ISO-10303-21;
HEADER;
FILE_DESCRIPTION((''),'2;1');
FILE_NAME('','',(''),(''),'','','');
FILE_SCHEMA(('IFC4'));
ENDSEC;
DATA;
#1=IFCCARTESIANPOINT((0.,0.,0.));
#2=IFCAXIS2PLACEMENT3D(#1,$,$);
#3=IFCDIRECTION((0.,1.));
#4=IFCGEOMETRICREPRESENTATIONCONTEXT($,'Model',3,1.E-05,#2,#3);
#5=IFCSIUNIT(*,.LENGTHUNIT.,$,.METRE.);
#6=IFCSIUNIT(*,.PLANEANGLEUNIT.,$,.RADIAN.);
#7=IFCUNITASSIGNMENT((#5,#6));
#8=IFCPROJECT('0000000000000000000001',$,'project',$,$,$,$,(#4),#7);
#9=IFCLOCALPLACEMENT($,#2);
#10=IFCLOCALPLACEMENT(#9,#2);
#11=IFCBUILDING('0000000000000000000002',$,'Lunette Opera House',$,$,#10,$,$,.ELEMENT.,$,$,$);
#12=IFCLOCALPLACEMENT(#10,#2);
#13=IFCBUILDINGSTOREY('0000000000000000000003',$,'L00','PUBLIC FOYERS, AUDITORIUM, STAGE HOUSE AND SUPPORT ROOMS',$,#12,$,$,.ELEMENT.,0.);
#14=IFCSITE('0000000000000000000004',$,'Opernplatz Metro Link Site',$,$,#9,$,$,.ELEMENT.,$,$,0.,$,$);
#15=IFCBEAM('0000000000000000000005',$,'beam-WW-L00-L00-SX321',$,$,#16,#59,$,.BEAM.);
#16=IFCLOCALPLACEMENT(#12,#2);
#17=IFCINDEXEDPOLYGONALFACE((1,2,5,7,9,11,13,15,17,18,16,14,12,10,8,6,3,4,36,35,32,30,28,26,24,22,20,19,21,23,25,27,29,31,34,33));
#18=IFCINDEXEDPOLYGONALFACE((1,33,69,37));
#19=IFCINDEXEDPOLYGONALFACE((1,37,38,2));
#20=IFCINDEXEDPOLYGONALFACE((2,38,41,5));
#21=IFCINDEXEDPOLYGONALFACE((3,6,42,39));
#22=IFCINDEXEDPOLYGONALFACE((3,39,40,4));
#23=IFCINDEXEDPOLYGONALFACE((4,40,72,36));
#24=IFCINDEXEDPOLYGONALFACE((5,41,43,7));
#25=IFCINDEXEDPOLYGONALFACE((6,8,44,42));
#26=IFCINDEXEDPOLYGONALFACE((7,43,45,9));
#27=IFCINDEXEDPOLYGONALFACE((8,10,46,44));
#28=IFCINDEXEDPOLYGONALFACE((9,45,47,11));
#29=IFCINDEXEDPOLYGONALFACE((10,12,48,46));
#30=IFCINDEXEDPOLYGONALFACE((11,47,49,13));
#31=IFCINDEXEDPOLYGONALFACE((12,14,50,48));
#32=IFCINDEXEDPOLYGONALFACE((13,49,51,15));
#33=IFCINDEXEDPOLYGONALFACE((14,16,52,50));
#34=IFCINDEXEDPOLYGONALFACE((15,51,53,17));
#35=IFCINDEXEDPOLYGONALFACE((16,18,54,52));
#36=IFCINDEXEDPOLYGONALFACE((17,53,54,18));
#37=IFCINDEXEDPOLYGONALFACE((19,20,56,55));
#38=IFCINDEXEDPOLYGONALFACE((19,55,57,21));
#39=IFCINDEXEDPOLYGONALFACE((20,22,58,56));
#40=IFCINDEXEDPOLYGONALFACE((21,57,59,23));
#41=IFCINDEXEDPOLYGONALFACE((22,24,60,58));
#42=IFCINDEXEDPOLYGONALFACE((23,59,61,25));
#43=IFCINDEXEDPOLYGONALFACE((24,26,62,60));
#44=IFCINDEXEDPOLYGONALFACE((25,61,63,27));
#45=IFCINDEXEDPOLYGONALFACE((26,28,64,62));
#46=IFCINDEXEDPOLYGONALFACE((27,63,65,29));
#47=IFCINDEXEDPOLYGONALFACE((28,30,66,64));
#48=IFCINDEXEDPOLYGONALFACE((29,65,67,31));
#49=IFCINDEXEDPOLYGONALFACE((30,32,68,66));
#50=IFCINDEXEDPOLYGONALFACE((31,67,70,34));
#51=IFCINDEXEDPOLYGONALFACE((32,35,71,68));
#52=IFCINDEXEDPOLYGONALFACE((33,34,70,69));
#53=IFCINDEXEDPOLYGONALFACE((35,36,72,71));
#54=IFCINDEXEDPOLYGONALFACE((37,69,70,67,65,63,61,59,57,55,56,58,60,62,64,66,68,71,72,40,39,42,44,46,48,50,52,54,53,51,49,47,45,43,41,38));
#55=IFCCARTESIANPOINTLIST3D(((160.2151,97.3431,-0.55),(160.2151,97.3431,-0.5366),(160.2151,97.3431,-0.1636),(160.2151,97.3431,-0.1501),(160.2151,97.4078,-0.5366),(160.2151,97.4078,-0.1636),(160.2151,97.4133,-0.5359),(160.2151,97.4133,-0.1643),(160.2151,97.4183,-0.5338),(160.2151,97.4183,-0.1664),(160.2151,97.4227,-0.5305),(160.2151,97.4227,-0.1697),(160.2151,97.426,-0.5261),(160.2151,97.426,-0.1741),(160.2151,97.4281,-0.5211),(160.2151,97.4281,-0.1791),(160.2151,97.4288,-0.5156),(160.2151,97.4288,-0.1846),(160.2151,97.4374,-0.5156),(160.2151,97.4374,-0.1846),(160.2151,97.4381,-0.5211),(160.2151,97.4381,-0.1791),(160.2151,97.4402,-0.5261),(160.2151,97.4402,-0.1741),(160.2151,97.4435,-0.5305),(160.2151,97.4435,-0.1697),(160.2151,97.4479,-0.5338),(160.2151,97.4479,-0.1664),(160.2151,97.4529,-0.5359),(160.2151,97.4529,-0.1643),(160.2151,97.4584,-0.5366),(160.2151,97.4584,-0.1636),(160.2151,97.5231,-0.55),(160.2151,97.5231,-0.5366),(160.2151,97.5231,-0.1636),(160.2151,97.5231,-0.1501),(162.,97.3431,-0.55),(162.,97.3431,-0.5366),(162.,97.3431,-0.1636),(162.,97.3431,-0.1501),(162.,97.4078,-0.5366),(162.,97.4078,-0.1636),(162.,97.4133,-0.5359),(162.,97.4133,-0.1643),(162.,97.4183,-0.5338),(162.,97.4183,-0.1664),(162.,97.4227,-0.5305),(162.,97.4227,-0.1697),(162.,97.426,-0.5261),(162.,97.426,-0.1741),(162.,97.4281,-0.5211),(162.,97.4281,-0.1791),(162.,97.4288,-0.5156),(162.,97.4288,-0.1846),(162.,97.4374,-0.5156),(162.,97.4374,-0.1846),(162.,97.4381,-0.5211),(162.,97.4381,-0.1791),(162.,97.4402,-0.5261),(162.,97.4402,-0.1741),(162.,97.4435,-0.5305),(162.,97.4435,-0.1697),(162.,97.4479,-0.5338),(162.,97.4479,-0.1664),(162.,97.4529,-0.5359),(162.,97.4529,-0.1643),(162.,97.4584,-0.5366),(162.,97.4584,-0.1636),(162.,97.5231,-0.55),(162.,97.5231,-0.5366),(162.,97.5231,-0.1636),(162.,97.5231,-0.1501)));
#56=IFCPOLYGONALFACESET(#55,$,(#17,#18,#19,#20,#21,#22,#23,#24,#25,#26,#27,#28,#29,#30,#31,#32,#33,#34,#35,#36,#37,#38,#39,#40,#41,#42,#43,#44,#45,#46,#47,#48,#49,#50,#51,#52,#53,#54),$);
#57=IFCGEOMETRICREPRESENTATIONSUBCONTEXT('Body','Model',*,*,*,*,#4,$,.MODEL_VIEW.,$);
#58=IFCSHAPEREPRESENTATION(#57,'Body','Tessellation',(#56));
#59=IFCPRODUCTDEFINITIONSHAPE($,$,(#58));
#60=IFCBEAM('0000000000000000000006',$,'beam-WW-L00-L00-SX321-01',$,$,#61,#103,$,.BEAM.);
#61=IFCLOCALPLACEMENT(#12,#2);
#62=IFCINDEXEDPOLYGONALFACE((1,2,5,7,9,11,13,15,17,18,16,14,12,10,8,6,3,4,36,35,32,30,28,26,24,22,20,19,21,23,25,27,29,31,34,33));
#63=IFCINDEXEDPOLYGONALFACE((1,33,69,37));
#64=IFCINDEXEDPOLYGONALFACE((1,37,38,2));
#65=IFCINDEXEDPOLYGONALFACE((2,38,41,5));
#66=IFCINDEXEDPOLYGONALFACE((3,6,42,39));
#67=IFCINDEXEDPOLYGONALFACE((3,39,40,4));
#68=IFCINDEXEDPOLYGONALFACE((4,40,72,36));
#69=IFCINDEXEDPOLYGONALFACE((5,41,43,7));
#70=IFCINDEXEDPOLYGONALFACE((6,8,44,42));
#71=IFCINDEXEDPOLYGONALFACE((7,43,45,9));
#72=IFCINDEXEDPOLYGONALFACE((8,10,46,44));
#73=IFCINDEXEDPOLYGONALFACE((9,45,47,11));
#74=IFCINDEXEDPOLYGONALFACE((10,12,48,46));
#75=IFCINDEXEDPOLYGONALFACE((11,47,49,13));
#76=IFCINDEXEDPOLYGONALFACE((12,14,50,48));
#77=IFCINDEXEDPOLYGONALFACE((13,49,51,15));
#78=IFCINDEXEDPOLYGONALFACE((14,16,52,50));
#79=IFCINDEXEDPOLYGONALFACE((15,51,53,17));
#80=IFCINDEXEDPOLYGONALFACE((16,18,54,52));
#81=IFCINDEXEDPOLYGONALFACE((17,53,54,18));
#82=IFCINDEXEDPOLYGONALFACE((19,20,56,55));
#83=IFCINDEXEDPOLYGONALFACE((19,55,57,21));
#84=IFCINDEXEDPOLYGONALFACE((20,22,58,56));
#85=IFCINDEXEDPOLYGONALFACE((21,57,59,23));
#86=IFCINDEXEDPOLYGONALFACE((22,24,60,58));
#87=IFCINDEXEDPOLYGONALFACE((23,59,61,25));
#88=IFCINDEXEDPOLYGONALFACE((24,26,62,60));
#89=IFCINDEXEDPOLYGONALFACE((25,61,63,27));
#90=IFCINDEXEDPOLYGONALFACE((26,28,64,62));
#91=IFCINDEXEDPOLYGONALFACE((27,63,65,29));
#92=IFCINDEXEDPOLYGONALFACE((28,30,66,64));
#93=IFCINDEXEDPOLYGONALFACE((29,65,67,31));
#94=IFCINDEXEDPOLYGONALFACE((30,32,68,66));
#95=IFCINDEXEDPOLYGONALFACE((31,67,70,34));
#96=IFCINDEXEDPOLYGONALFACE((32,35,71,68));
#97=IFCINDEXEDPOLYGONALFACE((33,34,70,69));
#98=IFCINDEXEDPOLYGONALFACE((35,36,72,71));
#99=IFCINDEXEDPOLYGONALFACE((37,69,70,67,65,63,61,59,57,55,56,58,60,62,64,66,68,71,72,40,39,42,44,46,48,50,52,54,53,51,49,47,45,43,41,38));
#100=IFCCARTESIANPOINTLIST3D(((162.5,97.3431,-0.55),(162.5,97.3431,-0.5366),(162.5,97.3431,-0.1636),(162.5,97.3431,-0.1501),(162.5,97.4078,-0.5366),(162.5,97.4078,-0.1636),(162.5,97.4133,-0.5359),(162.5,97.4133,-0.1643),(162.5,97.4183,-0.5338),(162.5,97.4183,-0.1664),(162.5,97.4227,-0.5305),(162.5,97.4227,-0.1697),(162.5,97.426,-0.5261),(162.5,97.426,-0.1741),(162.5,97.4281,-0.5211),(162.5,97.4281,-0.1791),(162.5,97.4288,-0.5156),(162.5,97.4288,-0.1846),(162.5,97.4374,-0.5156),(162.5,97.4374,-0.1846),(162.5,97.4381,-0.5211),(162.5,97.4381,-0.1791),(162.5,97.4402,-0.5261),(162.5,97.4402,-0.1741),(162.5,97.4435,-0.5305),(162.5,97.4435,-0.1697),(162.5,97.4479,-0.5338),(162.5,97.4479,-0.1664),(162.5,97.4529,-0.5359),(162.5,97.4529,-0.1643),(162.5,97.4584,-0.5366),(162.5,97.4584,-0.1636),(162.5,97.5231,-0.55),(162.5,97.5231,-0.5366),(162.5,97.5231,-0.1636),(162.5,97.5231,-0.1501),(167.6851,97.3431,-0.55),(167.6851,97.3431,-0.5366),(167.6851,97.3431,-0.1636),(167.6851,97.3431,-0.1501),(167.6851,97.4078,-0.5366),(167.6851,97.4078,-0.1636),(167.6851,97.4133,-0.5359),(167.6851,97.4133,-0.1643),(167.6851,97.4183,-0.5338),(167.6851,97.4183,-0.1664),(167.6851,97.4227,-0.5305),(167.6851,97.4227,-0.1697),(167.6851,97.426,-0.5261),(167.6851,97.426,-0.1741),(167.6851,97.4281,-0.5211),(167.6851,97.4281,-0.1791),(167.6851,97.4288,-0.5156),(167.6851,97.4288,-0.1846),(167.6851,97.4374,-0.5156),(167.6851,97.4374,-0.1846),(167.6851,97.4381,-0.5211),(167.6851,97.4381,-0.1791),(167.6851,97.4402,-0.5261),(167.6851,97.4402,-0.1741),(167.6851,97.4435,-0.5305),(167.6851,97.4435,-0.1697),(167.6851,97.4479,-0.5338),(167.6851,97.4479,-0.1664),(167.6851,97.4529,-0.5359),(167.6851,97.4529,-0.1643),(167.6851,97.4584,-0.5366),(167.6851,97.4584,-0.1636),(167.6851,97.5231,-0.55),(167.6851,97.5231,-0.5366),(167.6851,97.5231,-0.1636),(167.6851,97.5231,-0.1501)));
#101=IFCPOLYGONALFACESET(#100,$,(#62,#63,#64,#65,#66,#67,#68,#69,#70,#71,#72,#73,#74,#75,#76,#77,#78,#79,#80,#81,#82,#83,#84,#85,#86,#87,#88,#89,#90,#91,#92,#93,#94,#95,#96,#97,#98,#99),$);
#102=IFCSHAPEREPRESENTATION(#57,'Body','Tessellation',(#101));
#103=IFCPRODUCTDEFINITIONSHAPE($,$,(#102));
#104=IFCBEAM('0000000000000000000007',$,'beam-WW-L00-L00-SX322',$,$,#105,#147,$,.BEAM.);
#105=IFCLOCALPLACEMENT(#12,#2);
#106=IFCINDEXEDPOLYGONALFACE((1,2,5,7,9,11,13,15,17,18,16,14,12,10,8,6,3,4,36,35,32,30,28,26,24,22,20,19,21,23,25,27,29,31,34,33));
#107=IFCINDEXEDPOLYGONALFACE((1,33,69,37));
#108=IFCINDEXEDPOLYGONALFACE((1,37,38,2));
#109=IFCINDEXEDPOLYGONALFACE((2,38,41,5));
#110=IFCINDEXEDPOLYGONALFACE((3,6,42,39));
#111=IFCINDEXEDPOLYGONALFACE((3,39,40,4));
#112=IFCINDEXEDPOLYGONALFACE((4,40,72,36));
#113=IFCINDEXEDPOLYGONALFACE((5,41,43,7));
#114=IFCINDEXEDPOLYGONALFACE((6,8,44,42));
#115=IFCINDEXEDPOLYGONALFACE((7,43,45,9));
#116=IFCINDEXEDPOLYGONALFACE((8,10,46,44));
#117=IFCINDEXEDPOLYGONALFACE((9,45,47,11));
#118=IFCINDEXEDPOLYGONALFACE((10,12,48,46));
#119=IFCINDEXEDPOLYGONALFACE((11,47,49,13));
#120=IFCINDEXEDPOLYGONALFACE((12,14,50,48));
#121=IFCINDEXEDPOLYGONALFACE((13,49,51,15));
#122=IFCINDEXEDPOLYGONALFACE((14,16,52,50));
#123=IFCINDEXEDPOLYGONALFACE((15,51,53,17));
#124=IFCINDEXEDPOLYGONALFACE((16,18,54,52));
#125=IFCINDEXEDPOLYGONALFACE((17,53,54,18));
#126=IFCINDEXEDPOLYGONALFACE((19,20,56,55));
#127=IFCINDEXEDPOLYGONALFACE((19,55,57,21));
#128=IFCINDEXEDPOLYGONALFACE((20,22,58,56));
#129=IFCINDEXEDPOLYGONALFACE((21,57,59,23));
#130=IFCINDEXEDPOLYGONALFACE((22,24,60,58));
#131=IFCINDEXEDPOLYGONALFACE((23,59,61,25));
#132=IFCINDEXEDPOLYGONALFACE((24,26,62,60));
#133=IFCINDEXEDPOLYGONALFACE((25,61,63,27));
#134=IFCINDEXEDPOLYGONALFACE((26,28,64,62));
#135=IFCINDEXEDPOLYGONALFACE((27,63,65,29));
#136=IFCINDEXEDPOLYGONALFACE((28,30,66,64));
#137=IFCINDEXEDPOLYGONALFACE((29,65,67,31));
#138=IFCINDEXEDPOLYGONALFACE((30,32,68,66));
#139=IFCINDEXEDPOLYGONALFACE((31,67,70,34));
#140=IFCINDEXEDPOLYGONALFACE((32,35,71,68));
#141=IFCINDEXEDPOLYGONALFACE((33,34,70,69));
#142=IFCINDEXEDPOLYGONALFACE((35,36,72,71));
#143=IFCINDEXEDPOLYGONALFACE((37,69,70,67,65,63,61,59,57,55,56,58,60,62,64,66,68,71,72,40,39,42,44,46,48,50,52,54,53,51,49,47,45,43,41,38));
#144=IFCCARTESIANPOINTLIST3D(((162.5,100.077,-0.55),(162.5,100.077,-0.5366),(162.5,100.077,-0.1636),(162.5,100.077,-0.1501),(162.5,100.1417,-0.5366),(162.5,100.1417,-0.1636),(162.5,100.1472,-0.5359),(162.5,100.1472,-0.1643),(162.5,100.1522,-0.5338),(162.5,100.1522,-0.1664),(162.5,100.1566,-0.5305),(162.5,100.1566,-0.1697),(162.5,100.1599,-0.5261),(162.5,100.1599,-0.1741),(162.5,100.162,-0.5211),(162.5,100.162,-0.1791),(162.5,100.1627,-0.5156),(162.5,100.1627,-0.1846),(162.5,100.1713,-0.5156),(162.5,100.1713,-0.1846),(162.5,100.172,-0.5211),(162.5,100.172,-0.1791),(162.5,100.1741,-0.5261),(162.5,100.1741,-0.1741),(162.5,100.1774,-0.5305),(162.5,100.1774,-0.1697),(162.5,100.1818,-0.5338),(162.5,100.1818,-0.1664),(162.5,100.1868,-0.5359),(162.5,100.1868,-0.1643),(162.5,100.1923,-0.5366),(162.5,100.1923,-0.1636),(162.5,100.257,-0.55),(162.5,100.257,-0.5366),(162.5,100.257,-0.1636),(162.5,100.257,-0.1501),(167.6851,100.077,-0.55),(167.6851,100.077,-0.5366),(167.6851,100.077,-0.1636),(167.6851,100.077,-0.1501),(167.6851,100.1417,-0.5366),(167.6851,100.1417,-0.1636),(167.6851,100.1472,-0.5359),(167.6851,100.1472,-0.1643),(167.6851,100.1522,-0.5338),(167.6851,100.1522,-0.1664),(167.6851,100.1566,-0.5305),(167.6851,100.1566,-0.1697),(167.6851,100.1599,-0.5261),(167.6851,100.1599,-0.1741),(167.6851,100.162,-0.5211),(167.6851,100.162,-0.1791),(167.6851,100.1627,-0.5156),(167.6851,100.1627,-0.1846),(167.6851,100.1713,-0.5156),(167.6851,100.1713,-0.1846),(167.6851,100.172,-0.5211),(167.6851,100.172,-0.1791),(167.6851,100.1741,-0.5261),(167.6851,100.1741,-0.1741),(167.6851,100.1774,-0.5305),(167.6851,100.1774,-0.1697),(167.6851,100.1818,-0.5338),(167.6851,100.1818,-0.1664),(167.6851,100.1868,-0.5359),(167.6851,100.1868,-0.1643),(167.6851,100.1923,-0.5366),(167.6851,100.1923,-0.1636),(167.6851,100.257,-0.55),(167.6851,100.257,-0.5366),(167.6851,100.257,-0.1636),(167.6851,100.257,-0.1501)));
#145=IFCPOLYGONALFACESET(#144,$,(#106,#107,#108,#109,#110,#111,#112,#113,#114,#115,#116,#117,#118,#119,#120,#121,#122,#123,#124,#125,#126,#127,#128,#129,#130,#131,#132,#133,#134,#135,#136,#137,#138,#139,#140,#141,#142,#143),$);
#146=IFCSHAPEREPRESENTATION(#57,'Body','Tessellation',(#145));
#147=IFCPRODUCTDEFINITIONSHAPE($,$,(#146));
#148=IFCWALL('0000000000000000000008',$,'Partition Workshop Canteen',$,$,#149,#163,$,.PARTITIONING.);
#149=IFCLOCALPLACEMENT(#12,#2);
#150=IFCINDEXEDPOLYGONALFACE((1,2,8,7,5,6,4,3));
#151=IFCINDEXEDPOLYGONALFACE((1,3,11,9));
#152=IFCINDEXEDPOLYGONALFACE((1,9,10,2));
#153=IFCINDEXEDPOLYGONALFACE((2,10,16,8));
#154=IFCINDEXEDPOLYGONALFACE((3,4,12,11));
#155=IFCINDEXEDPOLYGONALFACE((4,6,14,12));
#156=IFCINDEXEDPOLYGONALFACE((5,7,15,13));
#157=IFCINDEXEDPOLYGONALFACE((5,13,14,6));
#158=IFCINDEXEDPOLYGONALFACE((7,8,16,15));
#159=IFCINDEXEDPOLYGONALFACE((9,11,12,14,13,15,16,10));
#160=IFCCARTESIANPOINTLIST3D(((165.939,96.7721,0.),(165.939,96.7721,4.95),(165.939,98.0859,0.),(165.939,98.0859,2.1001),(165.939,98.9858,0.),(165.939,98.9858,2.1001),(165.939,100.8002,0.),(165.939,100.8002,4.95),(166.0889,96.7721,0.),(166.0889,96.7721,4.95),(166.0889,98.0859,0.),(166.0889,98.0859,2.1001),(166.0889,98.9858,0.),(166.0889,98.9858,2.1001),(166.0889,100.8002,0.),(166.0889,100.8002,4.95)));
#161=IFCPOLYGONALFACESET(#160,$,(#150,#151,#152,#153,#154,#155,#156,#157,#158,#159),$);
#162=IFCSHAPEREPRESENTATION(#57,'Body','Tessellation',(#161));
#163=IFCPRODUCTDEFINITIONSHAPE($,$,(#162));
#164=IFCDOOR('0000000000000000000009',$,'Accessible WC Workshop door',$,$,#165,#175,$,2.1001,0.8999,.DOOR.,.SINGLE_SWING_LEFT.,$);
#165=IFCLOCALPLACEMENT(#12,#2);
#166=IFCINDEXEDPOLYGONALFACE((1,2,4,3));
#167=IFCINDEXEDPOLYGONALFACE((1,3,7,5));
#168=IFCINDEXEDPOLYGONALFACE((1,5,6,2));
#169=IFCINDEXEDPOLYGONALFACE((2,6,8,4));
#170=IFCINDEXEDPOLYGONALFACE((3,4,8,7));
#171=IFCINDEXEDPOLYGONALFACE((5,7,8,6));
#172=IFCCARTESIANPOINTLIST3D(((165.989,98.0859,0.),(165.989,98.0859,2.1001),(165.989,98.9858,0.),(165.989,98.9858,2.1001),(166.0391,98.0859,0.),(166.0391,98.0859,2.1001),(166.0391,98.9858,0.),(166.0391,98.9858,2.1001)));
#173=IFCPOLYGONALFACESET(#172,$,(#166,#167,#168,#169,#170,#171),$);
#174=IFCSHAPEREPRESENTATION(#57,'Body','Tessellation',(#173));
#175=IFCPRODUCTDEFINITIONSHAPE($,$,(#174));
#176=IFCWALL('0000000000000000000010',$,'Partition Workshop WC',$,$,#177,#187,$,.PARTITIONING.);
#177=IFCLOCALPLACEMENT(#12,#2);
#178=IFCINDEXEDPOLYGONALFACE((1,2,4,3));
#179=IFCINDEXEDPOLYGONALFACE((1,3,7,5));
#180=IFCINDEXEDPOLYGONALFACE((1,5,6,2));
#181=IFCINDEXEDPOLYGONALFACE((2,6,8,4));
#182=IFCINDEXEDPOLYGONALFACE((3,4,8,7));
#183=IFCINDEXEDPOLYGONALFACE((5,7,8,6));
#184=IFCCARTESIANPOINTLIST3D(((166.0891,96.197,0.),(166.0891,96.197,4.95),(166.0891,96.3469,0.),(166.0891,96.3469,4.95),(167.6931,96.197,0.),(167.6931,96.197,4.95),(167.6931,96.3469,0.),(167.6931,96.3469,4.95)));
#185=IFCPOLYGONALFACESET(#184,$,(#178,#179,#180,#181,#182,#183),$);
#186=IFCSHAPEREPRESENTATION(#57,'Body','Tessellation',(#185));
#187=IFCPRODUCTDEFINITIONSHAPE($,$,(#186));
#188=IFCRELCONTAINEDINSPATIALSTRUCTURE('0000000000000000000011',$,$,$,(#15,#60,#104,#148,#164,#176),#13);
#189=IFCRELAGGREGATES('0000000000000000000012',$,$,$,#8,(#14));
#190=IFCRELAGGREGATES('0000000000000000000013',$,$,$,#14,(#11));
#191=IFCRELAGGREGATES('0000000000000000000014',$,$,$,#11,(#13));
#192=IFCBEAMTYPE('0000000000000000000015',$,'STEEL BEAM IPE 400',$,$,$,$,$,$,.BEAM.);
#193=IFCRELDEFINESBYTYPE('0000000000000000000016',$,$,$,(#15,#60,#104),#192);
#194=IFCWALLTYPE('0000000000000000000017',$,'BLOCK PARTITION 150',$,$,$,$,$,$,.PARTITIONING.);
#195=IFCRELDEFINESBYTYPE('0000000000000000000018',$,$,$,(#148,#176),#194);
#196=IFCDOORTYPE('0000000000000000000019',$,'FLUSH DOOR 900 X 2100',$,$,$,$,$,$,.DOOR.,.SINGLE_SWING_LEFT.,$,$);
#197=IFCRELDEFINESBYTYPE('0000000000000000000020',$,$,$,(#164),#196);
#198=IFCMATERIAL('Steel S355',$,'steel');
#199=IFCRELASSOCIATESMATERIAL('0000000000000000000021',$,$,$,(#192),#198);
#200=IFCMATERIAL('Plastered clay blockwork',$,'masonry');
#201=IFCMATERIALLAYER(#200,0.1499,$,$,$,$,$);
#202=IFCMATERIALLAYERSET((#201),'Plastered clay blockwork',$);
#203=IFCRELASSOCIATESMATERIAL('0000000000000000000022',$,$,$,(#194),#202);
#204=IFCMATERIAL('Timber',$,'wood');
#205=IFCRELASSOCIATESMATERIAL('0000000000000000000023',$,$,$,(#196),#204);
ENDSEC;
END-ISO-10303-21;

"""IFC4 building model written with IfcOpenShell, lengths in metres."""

from ifc_helpers import new_model, si_unit, direction, frame, frame_2d, origin, origin_2d, place, context, subcontext, project, spatial, rectangle, i_section, extrude, material, layer, layer_set, material_profile, profile_set, type_object, element, fill, save


model = new_model("IFC4")

# Units and contexts
model_context = context("Model", 3, precision=1e-05, world=origin(), true_north=direction((0.0, 1.0)))
body_context = subcontext(model_context, "Body", "Model", "MODEL_VIEW")
ifc_project = project(units=[si_unit("LENGTHUNIT", "METRE"), si_unit("PLANEANGLEUNIT", "RADIAN")], contexts=[model_context])

# Site, building, storey
site_placement = place(None, origin())
site = spatial("IfcSite", under=ifc_project, at=site_placement, Name="Opernplatz Metro Link Site", CompositionType="ELEMENT", RefElevation=0.0)
building_placement = place(site_placement, origin())
building = spatial("IfcBuilding", under=site, at=building_placement, Name="Lunette Opera House", CompositionType="ELEMENT")
storey_placement = place(building_placement, origin())
storey = spatial("IfcBuildingStorey", under=building, at=storey_placement, Name="L00", Description="PUBLIC FOYERS, AUDITORIUM, STAGE HOUSE AND SUPPORT ROOMS", CompositionType="ELEMENT", Elevation=0.0)

# Beams
ifc_material_1 = material(Name="Steel S355", Category="steel")
ifc_material_profile_1 = material_profile(ifc_material_1, i_section(OverallWidth=0.1799, OverallDepth=0.3999, WebThickness=0.0085, FlangeThickness=0.0134, FilletRadius=0.021, at=origin_2d()), Name="IPE 400")
ifc_profile_set_1 = profile_set([ifc_material_profile_1], Name="Steel S355")
beam_type_1 = type_object("IfcBeamType", Name="STEEL BEAM IPE 400", PredefinedType="BEAM", material=ifc_profile_set_1)
beam_1_placement = place(storey_placement, frame((160.2151, 97.4331, -0.3501), z_axis=(1.0, 0.0, 0.0), x_axis=(0.0, 1.0, 0.0)))
element("IfcBeam", 1, at=beam_1_placement, inside=storey, type_object=beam_type_1, Name="beam-WW-L00-L00-SX321", PredefinedType="BEAM", context=body_context, shape_type="SweptSolid", body=[
    extrude(i_section(OverallWidth=0.1799, OverallDepth=0.3999, WebThickness=0.0085, FlangeThickness=0.0134, FilletRadius=0.021, at=origin_2d()), origin(), (0.0, 0.0, 1.0), 1.7849),
])
for number, where, z_axis, x_axis, name in (
    (2, (162.5, 97.4331, -0.3501), (1.0, 0.0, 0.0), (0.0, 1.0, 0.0), "beam-WW-L00-L00-SX321-01"),
    (3, (162.5, 100.167, -0.3501), (1.0, 0.0, 0.0), (0.0, 1.0, 0.0), "beam-WW-L00-L00-SX322"),
):
    element("IfcBeam", number, at=place(storey_placement, frame(where, z_axis=z_axis, x_axis=x_axis)), inside=storey, type_object=beam_type_1, Name=name, PredefinedType="BEAM", context=body_context, shape_type="SweptSolid", body=[
        extrude(i_section(OverallWidth=0.1799, OverallDepth=0.3999, WebThickness=0.0085, FlangeThickness=0.0134, FilletRadius=0.021, at=origin_2d()), origin(), (0.0, 0.0, 1.0), 5.1851),
    ])

# Wall, opening, door
ifc_material_2 = material(Name="Plastered clay blockwork", Category="masonry")
ifc_layer = layer(ifc_material_2, 0.1499)
ifc_layer_set = layer_set([ifc_layer], Name="Plastered clay blockwork")
wall_type = type_object("IfcWallType", Name="BLOCK PARTITION 150", PredefinedType="PARTITIONING", material=ifc_layer_set)
wall_1_placement = place(storey_placement, frame((166.0139, 96.772, 0.0), z_axis=(0.0, 0.0, 1.0), x_axis=(0.0, 1.0, 0.0)))
wall_1 = element("IfcWall", 4, at=wall_1_placement, inside=storey, type_object=wall_type, Name="Partition Workshop Canteen", PredefinedType="PARTITIONING", context=body_context, shape_type="SweptSolid", body=[
    extrude(rectangle(XDim=4.0281, YDim=0.1499, at=frame_2d((2.0142, 0.0))), origin(), (0.0, 0.0, 1.0), 4.95),
])
opening_placement = place(wall_1_placement, frame((1.314, 0.0, 0.0)))
opening = element("IfcOpeningElement", 5, at=opening_placement, cuts=wall_1, PredefinedType="OPENING", context=body_context, shape_type="SweptSolid", body=[
    extrude(rectangle(XDim=0.8999, YDim=2.1001, at=frame_2d((0.45, 1.05))), frame((0.0, 0.0869, 0.0), z_axis=(0.0, -1.0, 0.0), x_axis=(1.0, 0.0, 0.0)), (0.0, 0.0, 1.0), 0.1738),
])
ifc_material_3 = material(Name="Timber", Category="wood")
door_type = type_object("IfcDoorType", Name="FLUSH DOOR 900 X 2100", OperationType="SINGLE_SWING_LEFT", PredefinedType="DOOR", material=ifc_material_3)
door_placement = place(opening_placement, origin())
door = element("IfcDoor", 6, at=door_placement, inside=storey, type_object=door_type, Name="Accessible WC Workshop door", OperationType="SINGLE_SWING_LEFT", OverallHeight=2.1001, OverallWidth=0.8999, PredefinedType="DOOR", context=body_context, shape_type="SweptSolid", body=[
    extrude(rectangle(XDim=0.8999, YDim=2.1001, at=frame_2d((0.45, 1.05))), frame((0.0, 0.0249, 0.0), z_axis=(0.0, -1.0, 0.0), x_axis=(1.0, 0.0, 0.0)), (0.0, 0.0, 1.0), 0.05),
])
fill(opening, door)

# Wall
wall_2_placement = place(storey_placement, frame((167.6931, 96.272, 0.0), z_axis=(0.0, 0.0, 1.0), x_axis=(-1.0, 0.0, 0.0)))
element("IfcWall", 7, at=wall_2_placement, inside=storey, type_object=wall_type, Name="Partition Workshop WC", PredefinedType="PARTITIONING", context=body_context, shape_type="SweptSolid", body=[
    extrude(rectangle(XDim=1.604, YDim=0.1499, at=frame_2d((0.802, 0.0))), origin(), (0.0, 0.0, 1.0), 4.95),
])

save(model, "model.ifc")
